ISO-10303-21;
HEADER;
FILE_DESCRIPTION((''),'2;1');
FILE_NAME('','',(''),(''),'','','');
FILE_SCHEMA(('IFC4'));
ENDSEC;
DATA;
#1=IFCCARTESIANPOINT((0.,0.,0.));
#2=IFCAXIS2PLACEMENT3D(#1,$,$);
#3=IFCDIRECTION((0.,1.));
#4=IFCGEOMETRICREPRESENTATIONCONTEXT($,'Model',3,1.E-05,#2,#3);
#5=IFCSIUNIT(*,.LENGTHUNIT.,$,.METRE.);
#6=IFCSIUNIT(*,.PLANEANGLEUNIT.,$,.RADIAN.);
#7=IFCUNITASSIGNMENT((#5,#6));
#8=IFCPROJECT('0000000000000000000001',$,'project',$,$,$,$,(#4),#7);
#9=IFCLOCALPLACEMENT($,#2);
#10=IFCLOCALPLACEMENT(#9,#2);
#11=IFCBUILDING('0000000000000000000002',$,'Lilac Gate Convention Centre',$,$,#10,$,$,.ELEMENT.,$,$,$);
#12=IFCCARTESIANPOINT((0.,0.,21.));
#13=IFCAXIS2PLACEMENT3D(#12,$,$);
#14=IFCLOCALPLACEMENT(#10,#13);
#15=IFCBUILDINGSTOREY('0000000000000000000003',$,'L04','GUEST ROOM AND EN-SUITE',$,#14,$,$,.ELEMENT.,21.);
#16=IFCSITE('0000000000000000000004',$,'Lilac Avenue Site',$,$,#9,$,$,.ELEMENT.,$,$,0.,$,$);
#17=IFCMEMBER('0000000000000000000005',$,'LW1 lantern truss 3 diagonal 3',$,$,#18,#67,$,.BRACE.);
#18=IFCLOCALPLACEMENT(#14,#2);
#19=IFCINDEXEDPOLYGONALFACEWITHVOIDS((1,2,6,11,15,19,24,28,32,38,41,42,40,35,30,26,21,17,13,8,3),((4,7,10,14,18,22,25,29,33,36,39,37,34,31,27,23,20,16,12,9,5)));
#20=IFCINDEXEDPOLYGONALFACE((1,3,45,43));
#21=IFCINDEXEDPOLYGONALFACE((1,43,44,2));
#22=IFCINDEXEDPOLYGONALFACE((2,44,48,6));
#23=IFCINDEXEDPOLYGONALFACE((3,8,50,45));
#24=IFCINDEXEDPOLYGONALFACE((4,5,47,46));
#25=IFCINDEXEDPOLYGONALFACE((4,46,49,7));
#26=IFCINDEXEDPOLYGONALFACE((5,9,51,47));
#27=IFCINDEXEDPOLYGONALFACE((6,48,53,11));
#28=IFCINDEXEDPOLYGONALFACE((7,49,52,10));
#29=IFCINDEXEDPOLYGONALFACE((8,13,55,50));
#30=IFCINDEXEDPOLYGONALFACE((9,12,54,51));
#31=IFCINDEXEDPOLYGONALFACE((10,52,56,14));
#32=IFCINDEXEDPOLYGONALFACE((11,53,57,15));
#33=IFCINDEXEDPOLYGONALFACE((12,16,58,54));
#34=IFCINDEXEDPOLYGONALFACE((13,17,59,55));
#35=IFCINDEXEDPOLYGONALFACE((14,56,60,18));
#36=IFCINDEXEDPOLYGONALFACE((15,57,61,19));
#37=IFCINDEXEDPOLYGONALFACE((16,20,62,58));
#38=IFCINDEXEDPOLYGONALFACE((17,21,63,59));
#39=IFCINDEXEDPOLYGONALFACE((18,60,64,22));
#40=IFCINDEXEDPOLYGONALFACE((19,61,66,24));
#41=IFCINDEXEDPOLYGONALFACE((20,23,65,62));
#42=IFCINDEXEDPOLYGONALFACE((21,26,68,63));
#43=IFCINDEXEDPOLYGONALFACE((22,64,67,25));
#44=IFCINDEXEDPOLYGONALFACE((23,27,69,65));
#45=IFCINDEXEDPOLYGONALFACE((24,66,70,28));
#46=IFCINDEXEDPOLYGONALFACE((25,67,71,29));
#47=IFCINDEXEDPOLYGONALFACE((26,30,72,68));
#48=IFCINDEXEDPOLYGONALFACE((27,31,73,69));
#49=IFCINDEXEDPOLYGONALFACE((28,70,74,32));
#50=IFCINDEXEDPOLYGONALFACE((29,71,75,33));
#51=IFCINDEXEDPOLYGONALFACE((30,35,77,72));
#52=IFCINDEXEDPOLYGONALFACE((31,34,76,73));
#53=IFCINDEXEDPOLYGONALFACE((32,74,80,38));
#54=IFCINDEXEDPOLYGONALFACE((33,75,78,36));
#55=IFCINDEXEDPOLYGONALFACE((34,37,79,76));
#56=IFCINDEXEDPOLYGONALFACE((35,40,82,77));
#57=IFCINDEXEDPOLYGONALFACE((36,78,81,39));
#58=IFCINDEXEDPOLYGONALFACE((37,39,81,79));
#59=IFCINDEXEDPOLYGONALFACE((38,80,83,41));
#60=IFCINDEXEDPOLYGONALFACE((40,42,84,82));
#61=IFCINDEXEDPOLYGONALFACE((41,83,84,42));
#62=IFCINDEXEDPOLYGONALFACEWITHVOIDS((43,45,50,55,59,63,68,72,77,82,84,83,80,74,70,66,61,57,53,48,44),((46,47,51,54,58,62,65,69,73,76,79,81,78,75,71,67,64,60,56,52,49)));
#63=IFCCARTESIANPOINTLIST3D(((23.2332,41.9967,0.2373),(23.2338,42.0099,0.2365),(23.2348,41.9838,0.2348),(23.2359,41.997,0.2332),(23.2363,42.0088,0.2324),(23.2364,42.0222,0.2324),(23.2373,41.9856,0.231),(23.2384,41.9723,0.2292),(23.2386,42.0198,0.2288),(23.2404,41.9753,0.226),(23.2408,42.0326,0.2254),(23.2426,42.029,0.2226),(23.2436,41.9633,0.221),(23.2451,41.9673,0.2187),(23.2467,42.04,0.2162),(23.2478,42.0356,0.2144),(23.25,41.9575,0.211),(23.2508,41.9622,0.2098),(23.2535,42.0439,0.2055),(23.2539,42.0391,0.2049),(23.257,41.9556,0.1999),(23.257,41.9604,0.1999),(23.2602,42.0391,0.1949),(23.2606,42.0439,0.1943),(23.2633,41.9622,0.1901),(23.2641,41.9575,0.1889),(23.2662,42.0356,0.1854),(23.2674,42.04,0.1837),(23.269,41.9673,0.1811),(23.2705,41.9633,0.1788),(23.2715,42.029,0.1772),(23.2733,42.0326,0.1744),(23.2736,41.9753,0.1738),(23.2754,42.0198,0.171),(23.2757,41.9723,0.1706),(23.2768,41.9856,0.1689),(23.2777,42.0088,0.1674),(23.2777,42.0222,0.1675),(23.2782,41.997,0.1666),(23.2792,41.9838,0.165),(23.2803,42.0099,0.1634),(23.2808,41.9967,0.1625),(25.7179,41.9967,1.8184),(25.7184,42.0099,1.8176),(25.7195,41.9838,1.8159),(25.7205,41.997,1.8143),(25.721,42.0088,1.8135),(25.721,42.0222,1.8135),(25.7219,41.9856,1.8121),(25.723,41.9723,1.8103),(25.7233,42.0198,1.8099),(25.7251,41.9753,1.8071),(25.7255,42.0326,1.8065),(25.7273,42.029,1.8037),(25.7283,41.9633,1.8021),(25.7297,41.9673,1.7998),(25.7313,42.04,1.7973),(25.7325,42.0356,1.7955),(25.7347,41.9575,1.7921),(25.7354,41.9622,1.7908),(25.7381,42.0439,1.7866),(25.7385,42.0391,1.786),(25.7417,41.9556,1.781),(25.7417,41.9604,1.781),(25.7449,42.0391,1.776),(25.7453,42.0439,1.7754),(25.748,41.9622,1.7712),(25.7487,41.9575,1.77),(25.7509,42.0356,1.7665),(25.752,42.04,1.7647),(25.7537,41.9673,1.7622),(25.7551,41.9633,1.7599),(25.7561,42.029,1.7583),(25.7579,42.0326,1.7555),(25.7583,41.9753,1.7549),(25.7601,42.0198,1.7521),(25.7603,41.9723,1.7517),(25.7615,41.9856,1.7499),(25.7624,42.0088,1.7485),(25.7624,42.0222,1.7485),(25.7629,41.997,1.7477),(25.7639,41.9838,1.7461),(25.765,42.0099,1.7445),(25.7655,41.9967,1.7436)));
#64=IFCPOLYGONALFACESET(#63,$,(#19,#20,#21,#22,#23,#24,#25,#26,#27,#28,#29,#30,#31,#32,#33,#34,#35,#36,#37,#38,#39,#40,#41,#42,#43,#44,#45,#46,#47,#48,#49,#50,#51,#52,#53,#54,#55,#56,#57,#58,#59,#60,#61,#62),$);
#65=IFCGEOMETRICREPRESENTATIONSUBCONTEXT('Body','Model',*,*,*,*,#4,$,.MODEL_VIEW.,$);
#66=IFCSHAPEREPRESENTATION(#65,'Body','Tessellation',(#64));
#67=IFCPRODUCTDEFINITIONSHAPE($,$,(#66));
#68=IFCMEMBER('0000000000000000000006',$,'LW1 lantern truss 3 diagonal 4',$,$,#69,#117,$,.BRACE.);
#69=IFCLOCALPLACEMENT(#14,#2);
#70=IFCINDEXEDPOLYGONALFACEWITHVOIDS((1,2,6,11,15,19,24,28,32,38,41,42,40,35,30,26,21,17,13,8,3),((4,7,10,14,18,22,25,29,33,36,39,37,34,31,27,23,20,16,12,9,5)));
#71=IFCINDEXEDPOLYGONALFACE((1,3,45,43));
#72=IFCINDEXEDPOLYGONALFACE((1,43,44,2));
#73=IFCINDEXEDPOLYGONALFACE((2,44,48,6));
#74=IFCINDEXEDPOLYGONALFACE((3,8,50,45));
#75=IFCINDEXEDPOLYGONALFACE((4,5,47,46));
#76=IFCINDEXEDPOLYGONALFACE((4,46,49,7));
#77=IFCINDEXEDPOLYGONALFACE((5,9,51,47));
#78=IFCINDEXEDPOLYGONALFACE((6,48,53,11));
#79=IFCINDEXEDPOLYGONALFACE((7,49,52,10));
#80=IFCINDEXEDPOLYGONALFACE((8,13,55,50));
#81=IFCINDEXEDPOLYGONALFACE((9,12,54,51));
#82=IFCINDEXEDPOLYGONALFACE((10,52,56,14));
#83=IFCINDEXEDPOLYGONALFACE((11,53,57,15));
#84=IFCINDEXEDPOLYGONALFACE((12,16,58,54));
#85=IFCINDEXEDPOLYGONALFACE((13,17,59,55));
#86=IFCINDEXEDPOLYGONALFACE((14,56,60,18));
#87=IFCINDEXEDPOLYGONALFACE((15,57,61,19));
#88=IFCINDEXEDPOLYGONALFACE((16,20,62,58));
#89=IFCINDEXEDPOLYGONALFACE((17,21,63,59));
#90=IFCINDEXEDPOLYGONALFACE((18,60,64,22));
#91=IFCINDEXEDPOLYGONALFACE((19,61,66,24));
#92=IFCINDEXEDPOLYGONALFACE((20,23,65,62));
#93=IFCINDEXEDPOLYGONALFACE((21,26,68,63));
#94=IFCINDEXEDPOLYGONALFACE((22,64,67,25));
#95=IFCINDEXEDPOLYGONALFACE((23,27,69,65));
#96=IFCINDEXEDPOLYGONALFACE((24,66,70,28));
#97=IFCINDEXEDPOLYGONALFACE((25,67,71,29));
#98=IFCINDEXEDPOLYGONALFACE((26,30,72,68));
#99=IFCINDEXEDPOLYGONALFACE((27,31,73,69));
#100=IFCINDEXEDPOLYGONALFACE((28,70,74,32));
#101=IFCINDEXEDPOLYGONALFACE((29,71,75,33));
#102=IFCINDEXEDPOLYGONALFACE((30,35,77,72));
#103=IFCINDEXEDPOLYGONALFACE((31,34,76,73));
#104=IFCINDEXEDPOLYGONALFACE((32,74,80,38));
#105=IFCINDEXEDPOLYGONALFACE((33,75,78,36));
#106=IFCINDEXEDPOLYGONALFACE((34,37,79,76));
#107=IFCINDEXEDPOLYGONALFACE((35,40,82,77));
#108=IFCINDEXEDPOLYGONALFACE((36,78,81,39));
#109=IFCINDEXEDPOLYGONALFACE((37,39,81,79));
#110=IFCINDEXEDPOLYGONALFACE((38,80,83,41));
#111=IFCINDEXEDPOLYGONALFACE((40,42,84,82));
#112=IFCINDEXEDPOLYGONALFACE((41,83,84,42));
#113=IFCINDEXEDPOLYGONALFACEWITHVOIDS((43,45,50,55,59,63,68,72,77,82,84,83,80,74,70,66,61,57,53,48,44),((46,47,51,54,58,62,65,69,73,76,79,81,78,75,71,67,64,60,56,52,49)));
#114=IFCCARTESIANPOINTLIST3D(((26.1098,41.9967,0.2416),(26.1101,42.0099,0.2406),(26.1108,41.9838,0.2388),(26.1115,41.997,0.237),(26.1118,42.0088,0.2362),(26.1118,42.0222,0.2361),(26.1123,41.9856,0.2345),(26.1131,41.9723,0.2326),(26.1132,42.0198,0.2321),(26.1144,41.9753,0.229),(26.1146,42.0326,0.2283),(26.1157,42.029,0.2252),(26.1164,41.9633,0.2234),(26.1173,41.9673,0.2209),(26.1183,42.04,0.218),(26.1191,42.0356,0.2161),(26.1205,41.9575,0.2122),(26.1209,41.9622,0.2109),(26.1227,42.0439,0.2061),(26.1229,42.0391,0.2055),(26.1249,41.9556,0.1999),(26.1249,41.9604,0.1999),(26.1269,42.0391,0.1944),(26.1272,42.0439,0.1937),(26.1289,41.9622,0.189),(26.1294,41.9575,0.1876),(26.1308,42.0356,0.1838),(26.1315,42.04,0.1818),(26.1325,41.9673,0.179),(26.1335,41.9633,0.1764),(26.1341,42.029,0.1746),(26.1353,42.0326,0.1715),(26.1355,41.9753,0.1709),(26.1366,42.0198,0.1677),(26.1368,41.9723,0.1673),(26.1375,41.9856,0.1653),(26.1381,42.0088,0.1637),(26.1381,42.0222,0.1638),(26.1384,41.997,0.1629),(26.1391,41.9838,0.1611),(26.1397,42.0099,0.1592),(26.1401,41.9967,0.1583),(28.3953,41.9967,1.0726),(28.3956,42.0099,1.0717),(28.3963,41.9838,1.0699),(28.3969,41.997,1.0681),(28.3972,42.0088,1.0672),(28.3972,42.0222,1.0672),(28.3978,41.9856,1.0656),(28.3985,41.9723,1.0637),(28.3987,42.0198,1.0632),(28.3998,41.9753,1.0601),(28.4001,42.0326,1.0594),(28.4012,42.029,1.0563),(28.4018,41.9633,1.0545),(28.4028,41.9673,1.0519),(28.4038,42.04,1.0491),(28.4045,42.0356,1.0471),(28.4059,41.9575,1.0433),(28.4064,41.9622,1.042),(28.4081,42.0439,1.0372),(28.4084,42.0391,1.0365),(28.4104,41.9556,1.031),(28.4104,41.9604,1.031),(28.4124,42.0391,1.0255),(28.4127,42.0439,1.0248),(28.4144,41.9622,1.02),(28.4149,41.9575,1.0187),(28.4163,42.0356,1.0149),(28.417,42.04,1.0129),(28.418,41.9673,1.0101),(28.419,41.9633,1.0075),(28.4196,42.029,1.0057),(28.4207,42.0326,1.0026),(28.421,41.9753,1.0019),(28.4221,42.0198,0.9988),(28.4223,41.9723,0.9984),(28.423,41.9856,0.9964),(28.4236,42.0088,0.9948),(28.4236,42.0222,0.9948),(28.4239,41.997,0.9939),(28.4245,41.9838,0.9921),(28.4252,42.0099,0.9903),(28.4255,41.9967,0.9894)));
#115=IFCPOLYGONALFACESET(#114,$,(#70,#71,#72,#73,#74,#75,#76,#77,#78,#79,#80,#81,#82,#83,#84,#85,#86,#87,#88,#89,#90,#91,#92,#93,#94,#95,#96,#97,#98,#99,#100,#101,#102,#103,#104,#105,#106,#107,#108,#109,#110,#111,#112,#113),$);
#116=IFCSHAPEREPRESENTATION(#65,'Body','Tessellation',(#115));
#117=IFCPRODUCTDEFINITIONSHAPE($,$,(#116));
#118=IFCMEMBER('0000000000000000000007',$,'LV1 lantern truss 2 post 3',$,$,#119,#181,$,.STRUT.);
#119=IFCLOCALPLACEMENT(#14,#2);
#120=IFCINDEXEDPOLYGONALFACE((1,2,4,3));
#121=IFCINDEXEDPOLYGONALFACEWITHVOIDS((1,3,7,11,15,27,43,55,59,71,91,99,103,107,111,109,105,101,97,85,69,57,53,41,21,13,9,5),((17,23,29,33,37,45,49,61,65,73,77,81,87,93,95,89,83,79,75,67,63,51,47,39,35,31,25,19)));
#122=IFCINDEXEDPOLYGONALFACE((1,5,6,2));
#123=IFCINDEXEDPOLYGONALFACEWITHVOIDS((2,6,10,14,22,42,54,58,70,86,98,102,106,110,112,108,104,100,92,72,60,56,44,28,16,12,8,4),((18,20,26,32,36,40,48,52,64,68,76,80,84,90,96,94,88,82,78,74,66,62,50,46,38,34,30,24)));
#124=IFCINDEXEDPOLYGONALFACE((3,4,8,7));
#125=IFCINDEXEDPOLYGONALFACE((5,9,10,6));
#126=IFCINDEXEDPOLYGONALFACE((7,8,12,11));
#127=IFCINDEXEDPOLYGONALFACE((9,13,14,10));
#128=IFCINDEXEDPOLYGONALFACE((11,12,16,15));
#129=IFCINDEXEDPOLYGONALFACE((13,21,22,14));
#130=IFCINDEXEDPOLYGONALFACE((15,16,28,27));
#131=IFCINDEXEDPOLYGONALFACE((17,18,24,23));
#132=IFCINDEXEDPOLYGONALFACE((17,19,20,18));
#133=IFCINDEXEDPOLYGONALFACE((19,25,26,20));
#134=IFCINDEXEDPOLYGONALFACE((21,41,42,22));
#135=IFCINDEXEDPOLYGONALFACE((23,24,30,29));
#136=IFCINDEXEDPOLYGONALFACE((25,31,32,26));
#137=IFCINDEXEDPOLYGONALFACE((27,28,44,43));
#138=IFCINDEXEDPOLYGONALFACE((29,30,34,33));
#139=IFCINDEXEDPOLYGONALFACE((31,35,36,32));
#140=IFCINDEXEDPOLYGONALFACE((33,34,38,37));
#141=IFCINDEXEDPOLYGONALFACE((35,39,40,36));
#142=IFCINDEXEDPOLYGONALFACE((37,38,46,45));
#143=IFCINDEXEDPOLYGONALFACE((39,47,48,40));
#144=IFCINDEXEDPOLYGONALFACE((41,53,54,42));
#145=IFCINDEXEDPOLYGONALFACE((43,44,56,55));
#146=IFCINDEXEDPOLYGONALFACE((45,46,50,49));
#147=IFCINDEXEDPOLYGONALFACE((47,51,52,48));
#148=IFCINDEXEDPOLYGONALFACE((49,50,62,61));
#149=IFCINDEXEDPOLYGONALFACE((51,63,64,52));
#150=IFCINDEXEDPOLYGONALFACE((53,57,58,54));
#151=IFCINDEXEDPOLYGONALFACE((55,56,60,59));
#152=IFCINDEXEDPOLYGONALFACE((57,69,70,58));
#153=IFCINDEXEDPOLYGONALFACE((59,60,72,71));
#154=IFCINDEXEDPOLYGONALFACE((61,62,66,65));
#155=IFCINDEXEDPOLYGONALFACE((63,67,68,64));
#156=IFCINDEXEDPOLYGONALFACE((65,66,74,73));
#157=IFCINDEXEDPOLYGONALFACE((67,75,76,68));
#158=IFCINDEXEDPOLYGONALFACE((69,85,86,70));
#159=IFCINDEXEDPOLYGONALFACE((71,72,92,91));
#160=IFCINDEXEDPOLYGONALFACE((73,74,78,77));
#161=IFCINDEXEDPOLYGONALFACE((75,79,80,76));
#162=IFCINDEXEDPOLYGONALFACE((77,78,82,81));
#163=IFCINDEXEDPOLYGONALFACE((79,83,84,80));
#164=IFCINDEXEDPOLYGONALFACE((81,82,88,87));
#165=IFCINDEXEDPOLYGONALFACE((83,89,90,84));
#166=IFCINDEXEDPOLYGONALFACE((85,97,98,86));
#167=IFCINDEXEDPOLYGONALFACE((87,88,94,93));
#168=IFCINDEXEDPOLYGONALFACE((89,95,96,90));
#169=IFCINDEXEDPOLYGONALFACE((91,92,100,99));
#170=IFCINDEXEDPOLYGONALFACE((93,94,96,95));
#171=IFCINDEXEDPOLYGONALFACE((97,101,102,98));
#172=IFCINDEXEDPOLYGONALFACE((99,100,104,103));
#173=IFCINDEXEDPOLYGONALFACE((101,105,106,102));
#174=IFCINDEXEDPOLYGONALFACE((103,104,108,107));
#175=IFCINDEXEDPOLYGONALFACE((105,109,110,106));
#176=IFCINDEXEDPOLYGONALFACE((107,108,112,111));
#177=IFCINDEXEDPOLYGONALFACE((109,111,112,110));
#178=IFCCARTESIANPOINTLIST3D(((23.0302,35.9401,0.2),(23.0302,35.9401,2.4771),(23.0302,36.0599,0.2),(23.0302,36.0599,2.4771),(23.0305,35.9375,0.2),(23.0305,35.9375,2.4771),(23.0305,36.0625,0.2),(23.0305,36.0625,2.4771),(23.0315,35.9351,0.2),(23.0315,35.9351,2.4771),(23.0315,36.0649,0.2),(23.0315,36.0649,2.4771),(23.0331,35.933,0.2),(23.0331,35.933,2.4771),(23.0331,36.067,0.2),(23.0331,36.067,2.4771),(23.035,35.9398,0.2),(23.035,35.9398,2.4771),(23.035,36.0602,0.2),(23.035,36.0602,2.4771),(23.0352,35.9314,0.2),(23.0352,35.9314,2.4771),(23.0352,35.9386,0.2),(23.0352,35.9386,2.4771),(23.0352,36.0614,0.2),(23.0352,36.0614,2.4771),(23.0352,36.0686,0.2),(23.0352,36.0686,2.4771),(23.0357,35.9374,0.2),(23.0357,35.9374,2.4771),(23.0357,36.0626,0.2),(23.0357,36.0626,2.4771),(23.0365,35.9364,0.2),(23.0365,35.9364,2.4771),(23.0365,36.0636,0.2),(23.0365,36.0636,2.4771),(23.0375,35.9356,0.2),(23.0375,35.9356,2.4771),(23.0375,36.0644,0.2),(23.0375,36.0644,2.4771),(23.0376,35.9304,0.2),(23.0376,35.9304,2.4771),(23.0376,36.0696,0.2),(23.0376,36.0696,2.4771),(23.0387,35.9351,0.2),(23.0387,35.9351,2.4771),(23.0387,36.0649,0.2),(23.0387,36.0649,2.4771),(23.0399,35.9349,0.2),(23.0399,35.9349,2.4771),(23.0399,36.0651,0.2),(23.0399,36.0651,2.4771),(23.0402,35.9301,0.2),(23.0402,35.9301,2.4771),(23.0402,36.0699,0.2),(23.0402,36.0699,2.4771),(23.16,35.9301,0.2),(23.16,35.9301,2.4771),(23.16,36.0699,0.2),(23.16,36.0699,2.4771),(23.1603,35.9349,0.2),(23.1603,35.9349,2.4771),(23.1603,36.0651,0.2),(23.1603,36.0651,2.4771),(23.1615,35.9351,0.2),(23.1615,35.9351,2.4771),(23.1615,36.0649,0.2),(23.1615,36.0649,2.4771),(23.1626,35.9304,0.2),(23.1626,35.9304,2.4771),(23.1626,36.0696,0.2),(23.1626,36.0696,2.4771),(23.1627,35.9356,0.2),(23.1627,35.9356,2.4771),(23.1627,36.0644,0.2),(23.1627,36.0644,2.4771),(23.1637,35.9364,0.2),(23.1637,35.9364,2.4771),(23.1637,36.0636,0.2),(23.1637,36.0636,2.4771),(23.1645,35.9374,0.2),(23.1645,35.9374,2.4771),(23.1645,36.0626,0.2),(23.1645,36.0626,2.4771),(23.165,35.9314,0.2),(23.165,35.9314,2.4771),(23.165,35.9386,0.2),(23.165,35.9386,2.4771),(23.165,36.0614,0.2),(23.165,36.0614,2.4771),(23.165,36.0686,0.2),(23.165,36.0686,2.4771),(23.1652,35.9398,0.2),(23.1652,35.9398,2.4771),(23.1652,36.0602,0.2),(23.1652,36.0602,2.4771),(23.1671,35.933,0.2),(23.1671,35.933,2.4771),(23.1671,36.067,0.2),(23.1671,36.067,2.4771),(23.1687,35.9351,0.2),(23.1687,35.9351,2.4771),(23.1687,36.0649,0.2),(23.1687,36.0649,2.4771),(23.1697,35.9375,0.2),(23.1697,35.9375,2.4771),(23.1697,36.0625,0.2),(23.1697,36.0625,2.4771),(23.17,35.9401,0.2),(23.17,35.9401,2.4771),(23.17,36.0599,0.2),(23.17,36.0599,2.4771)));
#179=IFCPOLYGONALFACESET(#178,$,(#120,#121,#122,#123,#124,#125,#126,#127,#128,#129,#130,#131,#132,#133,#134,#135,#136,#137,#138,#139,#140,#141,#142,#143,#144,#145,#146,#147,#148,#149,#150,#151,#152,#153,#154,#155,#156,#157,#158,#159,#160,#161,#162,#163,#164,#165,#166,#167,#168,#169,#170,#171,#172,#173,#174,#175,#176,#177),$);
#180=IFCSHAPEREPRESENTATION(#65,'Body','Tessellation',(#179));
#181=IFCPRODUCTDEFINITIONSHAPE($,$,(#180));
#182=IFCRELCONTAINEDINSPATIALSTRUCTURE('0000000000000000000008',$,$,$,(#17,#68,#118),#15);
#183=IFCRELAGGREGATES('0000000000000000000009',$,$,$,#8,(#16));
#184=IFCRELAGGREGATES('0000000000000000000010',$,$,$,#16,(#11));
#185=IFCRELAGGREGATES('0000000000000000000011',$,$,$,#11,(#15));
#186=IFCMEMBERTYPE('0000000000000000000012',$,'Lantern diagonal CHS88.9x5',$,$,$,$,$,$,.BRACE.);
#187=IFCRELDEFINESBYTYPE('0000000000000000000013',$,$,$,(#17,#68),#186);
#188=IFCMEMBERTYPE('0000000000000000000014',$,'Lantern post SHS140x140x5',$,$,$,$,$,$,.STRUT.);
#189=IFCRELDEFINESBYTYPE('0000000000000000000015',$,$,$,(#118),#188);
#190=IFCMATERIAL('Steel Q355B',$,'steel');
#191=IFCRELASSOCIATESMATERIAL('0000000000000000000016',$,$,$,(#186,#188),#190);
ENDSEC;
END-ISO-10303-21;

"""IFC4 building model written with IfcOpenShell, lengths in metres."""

from ifc_helpers import new_model, si_unit, direction, frame, origin, origin_2d, place, context, subcontext, project, spatial, hollow_rectangle, hollow_circle, extrude, material, material_profile, profile_set, type_object, element, save


model = new_model("IFC4")

# Units and contexts
model_context = context("Model", 3, precision=1e-05, world=origin(), true_north=direction((0.0, 1.0)))
body_context = subcontext(model_context, "Body", "Model", "MODEL_VIEW")
ifc_project = project(units=[si_unit("LENGTHUNIT", "METRE"), si_unit("PLANEANGLEUNIT", "RADIAN")], contexts=[model_context])

# Site, building, storey
site_placement = place(None, origin())
site = spatial("IfcSite", under=ifc_project, at=site_placement, Name="Lilac Avenue Site", CompositionType="ELEMENT", RefElevation=0.0)
building_placement = place(site_placement, origin())
building = spatial("IfcBuilding", under=site, at=building_placement, Name="Lilac Gate Convention Centre", CompositionType="ELEMENT")
storey_placement = place(building_placement, frame((0.0, 0.0, 21.0)))
storey = spatial("IfcBuildingStorey", under=building, at=storey_placement, Name="L04", Description="GUEST ROOM AND EN-SUITE", CompositionType="ELEMENT", Elevation=21.0)

# Members
ifc_material_1 = material(Name="Steel Q355B", Category="steel")
ifc_material_profile_1 = material_profile(ifc_material_1, hollow_circle(Radius=0.0444, WallThickness=0.0049, at=origin_2d()), Name="CHS88.9x5")
ifc_profile_set_1 = profile_set([ifc_material_profile_1], Name="Steel Q355B")
member_type_1 = type_object("IfcMemberType", Name="Lantern diagonal CHS88.9x5", PredefinedType="BRACE", material=ifc_profile_set_1)
member_1_placement = place(storey_placement, frame((25.7417, 42.0, 1.781), z_axis=(-0.843672, 0.0, -0.536859), x_axis=(0.0, -1.0, 0.0)))
element("IfcMember", 1, at=member_1_placement, inside=storey, type_object=member_type_1, Name="LW1 lantern truss 3 diagonal 3", PredefinedType="BRACE", context=body_context, shape_type="SweptSolid", body=[
    extrude(hollow_circle(Radius=0.0444, WallThickness=0.0049, at=origin_2d()), origin(), (0.0, 0.0, 1.0), 2.9451),
])
member_2_placement = place(storey_placement, frame((28.4104, 42.0, 1.031), z_axis=(-0.939793, 0.0, -0.341743), x_axis=(0.0, -1.0, 0.0)))
element("IfcMember", 2, at=member_2_placement, inside=storey, type_object=member_type_1, Name="LW1 lantern truss 3 diagonal 4", PredefinedType="BRACE", context=body_context, shape_type="SweptSolid", body=[
    extrude(hollow_circle(Radius=0.0444, WallThickness=0.0049, at=origin_2d()), origin(), (0.0, 0.0, 1.0), 2.4319),
])
ifc_material_profile_2 = material_profile(ifc_material_1, hollow_rectangle(XDim=0.1399, YDim=0.1399, WallThickness=0.0049, InnerFilletRadius=0.0049, OuterFilletRadius=0.01, at=origin_2d()), Name="SHS140x140x5")
ifc_profile_set_2 = profile_set([ifc_material_profile_2], Name="Steel Q355B")
member_type_2 = type_object("IfcMemberType", Name="Lantern post SHS140x140x5", PredefinedType="STRUT", material=ifc_profile_set_2)
member_3_placement = place(storey_placement, frame((23.1001, 36.0, 0.2), z_axis=(0.0, 0.0, 1.0), x_axis=(1.0, 0.0, 0.0)))
element("IfcMember", 3, at=member_3_placement, inside=storey, type_object=member_type_2, Name="LV1 lantern truss 2 post 3", PredefinedType="STRUT", context=body_context, shape_type="SweptSolid", body=[
    extrude(hollow_rectangle(XDim=0.1399, YDim=0.1399, WallThickness=0.0049, InnerFilletRadius=0.0049, OuterFilletRadius=0.01, at=origin_2d()), origin(), (0.0, 0.0, 1.0), 2.2771),
])

save(model, "model.ifc")
